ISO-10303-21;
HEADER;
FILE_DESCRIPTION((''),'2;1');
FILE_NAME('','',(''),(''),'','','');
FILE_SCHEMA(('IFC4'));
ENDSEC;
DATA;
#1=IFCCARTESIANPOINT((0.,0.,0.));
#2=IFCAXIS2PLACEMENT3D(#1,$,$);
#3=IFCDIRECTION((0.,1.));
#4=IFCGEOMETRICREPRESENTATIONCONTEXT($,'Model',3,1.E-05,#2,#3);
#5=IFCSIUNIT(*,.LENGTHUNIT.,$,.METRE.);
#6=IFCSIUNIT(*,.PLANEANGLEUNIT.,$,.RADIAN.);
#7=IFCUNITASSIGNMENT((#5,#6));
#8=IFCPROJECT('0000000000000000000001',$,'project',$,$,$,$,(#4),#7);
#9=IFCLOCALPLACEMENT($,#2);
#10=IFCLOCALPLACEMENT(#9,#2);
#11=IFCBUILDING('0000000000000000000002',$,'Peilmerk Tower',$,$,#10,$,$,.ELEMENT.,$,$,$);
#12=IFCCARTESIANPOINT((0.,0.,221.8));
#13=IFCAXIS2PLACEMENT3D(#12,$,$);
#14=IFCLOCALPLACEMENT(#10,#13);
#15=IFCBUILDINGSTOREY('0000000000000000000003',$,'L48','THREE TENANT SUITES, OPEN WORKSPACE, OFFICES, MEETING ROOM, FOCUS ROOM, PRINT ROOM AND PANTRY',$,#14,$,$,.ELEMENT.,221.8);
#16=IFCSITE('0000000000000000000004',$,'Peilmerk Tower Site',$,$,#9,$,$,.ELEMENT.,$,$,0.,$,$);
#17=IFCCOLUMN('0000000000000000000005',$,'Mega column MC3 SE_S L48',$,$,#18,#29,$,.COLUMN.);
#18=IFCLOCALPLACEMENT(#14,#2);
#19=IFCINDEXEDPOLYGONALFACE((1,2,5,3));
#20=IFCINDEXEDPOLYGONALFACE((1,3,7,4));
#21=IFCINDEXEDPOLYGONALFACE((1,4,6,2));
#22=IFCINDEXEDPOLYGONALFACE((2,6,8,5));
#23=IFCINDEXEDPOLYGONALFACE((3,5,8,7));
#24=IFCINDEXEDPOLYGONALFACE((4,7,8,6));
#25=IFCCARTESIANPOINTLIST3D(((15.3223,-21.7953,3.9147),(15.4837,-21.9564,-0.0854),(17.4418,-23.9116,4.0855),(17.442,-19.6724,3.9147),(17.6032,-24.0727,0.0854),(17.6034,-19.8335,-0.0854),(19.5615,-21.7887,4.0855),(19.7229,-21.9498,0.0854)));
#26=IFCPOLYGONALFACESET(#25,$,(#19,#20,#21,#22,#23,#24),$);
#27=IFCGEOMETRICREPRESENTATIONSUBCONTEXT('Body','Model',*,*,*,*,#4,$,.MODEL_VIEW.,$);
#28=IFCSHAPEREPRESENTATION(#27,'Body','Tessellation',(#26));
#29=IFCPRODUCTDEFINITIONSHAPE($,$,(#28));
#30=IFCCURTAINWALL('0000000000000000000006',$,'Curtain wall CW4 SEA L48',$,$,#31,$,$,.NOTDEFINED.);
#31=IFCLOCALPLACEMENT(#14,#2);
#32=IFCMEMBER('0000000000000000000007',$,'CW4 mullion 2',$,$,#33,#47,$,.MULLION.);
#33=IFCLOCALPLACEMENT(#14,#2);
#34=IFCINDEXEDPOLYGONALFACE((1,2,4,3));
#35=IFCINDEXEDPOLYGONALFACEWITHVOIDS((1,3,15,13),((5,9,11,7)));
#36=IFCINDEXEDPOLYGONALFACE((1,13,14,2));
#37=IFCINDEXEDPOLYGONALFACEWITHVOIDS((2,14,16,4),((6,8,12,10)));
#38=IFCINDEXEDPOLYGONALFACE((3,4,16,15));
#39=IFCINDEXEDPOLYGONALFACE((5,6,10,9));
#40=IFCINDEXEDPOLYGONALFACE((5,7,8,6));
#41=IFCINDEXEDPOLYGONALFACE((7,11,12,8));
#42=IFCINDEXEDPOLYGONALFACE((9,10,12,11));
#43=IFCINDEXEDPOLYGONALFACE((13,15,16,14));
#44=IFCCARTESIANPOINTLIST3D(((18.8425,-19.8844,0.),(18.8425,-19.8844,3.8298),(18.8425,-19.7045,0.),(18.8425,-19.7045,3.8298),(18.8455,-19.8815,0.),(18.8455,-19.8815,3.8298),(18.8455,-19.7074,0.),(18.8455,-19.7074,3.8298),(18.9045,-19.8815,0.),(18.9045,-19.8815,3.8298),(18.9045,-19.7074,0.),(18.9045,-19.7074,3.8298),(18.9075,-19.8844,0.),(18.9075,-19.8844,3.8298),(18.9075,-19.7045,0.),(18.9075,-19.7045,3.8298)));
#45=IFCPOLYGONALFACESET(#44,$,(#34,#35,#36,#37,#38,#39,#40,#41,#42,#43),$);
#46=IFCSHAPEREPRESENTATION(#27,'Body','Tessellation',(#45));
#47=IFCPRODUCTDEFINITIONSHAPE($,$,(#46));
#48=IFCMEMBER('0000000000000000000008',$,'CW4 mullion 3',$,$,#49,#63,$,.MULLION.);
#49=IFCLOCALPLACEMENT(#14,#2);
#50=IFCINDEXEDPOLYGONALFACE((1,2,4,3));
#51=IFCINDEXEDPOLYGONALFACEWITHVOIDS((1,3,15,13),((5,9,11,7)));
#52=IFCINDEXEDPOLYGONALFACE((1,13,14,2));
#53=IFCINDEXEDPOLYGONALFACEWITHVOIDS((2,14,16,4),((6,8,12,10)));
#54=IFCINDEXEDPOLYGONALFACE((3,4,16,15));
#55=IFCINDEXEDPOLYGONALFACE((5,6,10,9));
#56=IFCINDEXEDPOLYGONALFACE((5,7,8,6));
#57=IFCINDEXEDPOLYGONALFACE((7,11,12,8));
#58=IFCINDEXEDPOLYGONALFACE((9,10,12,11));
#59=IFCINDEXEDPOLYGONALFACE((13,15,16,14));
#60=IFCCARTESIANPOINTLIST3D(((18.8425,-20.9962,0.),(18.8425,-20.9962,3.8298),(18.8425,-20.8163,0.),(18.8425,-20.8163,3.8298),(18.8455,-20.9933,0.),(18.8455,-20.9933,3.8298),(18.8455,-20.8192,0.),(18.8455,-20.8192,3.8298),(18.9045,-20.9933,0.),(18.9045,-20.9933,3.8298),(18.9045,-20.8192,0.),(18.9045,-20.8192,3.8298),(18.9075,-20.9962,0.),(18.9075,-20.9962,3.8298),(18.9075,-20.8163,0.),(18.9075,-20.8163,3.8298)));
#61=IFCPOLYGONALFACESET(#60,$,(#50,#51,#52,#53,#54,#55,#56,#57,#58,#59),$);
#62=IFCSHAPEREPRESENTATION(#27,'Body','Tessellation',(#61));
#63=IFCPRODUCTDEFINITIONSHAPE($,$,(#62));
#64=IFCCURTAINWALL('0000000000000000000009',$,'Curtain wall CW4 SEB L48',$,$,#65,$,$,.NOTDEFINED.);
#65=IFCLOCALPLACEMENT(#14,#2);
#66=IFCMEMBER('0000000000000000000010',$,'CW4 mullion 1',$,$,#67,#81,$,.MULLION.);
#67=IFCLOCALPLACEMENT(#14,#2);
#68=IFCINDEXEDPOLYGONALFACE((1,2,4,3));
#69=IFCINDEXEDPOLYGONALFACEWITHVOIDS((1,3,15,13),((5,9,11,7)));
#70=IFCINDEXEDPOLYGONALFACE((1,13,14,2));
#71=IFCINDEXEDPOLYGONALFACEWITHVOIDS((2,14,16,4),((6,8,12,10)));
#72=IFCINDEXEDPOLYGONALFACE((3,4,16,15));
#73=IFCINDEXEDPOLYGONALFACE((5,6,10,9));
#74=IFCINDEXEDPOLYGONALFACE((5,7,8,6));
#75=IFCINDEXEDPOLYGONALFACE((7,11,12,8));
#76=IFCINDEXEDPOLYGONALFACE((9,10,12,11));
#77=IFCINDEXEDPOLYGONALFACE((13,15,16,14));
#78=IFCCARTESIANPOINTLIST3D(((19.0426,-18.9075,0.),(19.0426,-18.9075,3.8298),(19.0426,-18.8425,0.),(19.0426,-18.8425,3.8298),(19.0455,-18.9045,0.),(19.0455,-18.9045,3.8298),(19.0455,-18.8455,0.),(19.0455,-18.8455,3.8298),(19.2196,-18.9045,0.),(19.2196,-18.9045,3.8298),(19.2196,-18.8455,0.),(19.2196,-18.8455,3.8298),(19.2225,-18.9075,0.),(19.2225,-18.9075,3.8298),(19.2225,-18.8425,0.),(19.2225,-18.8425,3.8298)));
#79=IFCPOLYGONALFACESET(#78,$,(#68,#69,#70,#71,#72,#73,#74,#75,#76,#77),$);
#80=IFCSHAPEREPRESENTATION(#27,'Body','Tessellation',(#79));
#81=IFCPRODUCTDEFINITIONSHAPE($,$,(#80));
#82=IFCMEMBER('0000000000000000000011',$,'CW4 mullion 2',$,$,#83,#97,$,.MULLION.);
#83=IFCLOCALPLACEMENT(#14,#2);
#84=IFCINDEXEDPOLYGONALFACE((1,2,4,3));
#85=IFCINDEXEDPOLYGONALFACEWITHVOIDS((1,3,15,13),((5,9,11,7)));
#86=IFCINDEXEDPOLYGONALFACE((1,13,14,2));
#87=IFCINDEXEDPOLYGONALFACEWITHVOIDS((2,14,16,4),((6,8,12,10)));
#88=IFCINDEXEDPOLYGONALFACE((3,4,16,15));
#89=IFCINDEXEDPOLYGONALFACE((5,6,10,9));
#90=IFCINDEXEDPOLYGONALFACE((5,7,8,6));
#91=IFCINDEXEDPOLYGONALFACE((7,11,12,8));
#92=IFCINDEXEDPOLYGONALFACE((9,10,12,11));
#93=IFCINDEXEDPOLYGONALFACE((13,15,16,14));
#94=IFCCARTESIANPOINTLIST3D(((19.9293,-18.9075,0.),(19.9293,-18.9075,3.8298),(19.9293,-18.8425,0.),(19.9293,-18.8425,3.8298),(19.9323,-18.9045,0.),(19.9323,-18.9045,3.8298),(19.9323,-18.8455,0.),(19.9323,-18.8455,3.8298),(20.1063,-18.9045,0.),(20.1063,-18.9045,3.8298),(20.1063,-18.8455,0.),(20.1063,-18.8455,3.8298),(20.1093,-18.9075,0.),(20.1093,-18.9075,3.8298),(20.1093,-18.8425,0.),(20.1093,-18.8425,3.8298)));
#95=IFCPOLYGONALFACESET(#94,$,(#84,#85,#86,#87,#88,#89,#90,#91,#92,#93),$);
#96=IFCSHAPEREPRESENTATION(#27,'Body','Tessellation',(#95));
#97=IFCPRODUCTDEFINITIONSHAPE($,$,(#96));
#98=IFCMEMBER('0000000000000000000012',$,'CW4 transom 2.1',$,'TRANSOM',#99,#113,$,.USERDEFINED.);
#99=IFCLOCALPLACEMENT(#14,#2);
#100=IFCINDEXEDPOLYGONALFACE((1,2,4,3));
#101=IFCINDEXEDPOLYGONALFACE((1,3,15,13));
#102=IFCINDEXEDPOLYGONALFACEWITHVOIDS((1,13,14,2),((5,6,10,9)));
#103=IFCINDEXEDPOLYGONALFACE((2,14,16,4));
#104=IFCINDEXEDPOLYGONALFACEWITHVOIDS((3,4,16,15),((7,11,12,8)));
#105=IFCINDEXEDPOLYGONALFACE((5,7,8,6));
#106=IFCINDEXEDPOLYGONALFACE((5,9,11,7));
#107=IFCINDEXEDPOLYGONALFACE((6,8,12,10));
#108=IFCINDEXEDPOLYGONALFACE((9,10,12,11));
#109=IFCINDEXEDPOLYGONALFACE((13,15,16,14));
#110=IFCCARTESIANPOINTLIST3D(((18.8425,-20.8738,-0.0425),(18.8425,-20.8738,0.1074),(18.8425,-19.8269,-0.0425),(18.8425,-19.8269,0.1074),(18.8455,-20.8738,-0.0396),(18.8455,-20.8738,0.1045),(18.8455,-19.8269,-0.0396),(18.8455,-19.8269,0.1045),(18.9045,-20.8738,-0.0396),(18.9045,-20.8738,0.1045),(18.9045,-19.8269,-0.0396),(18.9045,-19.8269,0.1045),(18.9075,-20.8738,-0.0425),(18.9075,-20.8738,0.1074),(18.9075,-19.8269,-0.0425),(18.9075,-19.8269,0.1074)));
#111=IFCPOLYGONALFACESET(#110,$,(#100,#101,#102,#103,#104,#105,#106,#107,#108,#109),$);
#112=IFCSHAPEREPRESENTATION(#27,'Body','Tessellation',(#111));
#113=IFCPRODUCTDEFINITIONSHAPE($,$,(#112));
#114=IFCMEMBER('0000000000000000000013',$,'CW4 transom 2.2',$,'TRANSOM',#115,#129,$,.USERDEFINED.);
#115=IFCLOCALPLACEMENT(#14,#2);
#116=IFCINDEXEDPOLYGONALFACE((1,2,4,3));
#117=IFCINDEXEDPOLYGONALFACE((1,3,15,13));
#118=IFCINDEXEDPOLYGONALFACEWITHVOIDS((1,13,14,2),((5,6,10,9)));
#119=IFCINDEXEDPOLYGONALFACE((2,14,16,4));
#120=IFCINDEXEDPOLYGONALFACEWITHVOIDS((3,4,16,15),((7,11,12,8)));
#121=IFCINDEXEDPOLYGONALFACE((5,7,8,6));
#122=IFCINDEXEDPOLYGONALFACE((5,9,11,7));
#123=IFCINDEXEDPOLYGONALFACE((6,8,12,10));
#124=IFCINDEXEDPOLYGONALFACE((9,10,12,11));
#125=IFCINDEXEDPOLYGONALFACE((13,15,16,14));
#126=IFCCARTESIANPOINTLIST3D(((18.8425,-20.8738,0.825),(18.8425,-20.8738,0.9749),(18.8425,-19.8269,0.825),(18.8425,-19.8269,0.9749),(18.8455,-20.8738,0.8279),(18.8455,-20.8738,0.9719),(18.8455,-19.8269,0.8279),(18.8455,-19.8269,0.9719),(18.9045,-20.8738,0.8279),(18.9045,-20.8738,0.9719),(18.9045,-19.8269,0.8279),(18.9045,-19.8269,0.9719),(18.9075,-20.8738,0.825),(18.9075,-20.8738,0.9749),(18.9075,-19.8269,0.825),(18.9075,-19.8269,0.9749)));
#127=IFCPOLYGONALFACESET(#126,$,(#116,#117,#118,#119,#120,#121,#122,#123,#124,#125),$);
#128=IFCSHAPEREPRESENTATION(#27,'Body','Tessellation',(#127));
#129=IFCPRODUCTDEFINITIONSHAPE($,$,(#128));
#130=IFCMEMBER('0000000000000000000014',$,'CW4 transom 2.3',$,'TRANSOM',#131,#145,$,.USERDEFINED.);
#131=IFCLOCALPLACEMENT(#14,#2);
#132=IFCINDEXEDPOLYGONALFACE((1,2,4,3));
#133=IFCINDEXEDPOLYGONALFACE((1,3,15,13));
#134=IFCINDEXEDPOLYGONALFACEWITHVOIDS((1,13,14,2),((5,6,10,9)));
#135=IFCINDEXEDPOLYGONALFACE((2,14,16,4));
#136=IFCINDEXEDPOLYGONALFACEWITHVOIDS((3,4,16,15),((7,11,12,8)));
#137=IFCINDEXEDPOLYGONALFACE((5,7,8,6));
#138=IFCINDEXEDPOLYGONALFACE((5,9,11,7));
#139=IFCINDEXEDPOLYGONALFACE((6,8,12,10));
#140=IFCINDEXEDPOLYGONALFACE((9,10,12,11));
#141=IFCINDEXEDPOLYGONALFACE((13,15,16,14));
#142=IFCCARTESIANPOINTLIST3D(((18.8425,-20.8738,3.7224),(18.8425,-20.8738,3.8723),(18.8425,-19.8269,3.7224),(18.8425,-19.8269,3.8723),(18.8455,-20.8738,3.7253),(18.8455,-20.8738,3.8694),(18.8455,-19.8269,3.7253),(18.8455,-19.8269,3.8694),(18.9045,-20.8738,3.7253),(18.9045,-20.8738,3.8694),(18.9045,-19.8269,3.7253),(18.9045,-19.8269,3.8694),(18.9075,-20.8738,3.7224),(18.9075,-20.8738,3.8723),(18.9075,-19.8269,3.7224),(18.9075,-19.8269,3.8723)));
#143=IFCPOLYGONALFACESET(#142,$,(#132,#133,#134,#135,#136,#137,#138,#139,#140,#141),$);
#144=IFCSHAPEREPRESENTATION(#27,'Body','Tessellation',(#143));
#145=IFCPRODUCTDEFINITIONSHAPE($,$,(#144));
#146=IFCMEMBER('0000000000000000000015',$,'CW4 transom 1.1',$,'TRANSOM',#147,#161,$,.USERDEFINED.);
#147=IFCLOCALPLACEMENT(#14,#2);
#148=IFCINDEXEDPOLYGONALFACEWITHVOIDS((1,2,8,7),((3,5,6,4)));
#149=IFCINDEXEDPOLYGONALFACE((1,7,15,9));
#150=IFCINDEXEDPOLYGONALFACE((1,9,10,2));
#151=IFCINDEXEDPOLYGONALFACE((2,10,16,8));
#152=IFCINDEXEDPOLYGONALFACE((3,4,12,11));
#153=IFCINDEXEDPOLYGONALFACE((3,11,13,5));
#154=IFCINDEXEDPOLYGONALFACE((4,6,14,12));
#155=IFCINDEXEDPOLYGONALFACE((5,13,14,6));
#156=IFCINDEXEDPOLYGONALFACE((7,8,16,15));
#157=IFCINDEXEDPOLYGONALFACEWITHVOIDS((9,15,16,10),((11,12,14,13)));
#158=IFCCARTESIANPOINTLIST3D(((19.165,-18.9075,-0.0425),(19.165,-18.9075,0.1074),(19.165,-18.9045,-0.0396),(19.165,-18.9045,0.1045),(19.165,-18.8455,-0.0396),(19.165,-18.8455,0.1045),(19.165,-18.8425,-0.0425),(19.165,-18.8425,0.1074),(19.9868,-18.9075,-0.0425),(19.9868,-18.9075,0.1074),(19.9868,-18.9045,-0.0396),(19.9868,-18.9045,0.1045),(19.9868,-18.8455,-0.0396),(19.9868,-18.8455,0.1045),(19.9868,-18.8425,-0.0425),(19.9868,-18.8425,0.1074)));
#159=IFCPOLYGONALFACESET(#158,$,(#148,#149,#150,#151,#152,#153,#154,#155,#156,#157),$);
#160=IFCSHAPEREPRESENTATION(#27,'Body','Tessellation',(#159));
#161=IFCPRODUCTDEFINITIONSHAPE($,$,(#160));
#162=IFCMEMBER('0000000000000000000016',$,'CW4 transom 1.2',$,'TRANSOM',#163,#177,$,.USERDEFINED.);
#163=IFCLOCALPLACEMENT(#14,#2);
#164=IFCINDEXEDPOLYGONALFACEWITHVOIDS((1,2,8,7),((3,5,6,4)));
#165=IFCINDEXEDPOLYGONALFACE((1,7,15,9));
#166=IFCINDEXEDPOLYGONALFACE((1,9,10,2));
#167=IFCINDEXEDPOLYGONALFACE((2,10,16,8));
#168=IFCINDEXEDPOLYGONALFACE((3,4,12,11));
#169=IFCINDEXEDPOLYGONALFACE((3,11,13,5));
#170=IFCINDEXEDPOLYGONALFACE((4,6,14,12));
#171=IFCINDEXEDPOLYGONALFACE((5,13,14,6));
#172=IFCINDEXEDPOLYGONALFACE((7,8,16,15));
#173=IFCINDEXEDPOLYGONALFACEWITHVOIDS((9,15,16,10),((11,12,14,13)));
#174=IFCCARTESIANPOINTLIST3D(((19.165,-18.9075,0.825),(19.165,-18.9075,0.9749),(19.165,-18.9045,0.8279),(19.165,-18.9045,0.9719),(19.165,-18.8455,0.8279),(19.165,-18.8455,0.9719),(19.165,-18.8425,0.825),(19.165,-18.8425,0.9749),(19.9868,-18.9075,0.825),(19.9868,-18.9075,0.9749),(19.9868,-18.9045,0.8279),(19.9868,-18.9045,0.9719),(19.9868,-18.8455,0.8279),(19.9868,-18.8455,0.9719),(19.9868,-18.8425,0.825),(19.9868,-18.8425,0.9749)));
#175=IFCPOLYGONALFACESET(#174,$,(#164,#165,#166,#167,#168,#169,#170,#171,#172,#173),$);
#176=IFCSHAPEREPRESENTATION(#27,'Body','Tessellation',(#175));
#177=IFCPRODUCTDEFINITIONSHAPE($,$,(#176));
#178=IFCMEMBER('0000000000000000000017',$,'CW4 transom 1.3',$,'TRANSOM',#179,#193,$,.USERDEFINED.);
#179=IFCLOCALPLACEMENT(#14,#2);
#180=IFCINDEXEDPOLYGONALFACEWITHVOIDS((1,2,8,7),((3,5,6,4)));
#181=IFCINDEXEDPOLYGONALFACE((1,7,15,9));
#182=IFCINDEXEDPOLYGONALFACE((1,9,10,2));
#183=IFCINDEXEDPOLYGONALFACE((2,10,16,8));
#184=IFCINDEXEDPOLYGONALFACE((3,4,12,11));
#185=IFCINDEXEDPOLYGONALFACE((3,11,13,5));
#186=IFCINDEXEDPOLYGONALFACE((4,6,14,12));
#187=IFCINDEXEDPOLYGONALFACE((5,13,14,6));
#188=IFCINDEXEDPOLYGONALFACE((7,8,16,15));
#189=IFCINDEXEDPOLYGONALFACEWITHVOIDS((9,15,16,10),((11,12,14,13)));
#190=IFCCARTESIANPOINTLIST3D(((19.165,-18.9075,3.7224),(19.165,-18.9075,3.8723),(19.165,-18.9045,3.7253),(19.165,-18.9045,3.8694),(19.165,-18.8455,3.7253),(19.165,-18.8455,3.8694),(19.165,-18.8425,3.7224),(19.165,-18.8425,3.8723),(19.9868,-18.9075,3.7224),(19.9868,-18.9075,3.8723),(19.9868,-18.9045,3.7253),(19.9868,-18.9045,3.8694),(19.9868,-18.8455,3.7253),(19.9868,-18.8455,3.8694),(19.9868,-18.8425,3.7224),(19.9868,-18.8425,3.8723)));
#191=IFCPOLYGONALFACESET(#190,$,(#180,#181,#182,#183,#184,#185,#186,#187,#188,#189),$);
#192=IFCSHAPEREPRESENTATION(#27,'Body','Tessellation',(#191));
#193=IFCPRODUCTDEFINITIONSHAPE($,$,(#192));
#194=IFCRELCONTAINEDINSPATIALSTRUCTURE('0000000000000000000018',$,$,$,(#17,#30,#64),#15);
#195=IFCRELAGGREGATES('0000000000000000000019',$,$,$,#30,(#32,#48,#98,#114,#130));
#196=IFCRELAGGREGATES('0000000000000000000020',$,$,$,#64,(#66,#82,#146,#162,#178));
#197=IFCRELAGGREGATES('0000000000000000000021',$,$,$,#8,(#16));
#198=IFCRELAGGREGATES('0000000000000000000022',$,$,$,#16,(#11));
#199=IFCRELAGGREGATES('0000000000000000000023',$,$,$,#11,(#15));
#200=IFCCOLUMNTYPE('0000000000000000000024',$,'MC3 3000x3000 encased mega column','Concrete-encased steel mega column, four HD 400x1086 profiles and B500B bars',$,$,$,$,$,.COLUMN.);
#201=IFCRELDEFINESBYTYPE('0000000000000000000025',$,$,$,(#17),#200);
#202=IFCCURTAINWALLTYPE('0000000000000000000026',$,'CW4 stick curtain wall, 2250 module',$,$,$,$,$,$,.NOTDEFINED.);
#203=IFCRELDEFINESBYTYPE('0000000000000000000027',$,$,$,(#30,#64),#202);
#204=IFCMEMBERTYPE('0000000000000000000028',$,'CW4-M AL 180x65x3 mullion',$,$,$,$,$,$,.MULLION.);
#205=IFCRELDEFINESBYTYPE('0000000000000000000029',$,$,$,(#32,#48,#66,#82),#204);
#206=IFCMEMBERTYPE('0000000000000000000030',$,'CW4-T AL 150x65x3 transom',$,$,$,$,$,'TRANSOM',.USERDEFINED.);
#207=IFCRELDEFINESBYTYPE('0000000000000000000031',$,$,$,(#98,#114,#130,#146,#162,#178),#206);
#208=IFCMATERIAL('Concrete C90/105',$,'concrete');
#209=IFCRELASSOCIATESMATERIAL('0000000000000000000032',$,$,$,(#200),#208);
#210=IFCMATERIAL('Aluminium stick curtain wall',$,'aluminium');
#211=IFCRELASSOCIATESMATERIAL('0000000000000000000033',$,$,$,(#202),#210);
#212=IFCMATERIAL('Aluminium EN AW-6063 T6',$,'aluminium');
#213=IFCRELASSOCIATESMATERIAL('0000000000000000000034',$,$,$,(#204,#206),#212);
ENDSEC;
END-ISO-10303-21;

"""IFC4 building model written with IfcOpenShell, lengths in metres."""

from ifc_helpers import new_model, si_unit, direction, frame, origin, origin_2d, place, context, subcontext, project, spatial, rectangle, hollow_rectangle, extrude, material, material_profile, profile_set, type_object, element, aggregate, save


model = new_model("IFC4")

# Units and contexts
model_context = context("Model", 3, precision=1e-05, world=origin(), true_north=direction((0.0, 1.0)))
body_context = subcontext(model_context, "Body", "Model", "MODEL_VIEW")
ifc_project = project(units=[si_unit("LENGTHUNIT", "METRE"), si_unit("PLANEANGLEUNIT", "RADIAN")], contexts=[model_context])

# Site, building, storey
site_placement = place(None, origin())
site = spatial("IfcSite", under=ifc_project, at=site_placement, Name="Peilmerk Tower Site", CompositionType="ELEMENT", RefElevation=0.0)
building_placement = place(site_placement, origin())
building = spatial("IfcBuilding", under=site, at=building_placement, Name="Peilmerk Tower", CompositionType="ELEMENT")
storey_placement = place(building_placement, frame((0.0, 0.0, 221.8)))
storey = spatial("IfcBuildingStorey", under=building, at=storey_placement, Name="L48", Description="THREE TENANT SUITES, OPEN WORKSPACE, OFFICES, MEETING ROOM, FOCUS ROOM, PRINT ROOM AND PANTRY", CompositionType="ELEMENT", Elevation=221.8)

# Column
ifc_material_1 = material(Name="Concrete C90/105", Category="concrete")
ifc_material_profile_1 = material_profile(ifc_material_1, rectangle(XDim=3.0, YDim=3.0, at=origin_2d()), Name="RC 3000x3000")
ifc_profile_set_1 = profile_set([ifc_material_profile_1], Name="Concrete C90/105")
column_type = type_object("IfcColumnType", Name="MC3 3000x3000 encased mega column", Description="Concrete-encased steel mega column, four HD 400x1086 profiles and B500B bars", PredefinedType="COLUMN", material=ifc_profile_set_1)
column_placement = place(storey_placement, frame((17.6033, -21.9531, 0.0), z_axis=(-0.040279, 0.040218, 0.998379), x_axis=(-0.706571, -0.707642, 0.0)))
element("IfcColumn", 1, at=column_placement, inside=storey, type_object=column_type, Name="Mega column MC3 SE_S L48", PredefinedType="COLUMN", context=body_context, shape_type="SweptSolid", body=[
    extrude(rectangle(XDim=3.0, YDim=3.0, at=origin_2d()), origin(), (0.0, 0.0, 1.0), 4.0066),
])

# Curtain walls, members
ifc_material_2 = material(Name="Aluminium stick curtain wall", Category="aluminium")
curtain_wall_type = type_object("IfcCurtainWallType", Name="CW4 stick curtain wall, 2250 module", PredefinedType="NOTDEFINED", material=ifc_material_2)
curtain_wall_1_placement = place(storey_placement, origin())
curtain_wall_1 = element("IfcCurtainWall", 2, at=curtain_wall_1_placement, inside=storey, type_object=curtain_wall_type, Name="Curtain wall CW4 SEA L48", PredefinedType="NOTDEFINED")
ifc_material_3 = material(Name="Aluminium EN AW-6063 T6", Category="aluminium")
ifc_material_profile_2 = material_profile(ifc_material_3, hollow_rectangle(XDim=0.0649, YDim=0.1799, WallThickness=0.0029, at=origin_2d()), Name="AL 180x65x3")
ifc_profile_set_2 = profile_set([ifc_material_profile_2], Name="Aluminium EN AW-6063 T6")
member_type_1 = type_object("IfcMemberType", Name="CW4-M AL 180x65x3 mullion", PredefinedType="MULLION", material=ifc_profile_set_2)
member_1_placement = place(storey_placement, frame((18.875, -19.7944, 0.0), z_axis=(0.0, 0.0, 1.0), x_axis=(1.0, 0.0, 0.0)))
member_1 = element("IfcMember", 3, at=member_1_placement, type_object=member_type_1, Name="CW4 mullion 2", PredefinedType="MULLION", context=body_context, shape_type="SweptSolid", body=[
    extrude(hollow_rectangle(XDim=0.0649, YDim=0.1799, WallThickness=0.0029, at=origin_2d()), origin(), (0.0, 0.0, 1.0), 3.8298),
])
member_2_placement = place(storey_placement, frame((18.875, -20.9062, 0.0), z_axis=(0.0, 0.0, 1.0), x_axis=(1.0, 0.0, 0.0)))
member_2 = element("IfcMember", 4, at=member_2_placement, type_object=member_type_1, Name="CW4 mullion 3", PredefinedType="MULLION", context=body_context, shape_type="SweptSolid", body=[
    extrude(hollow_rectangle(XDim=0.0649, YDim=0.1799, WallThickness=0.0029, at=origin_2d()), origin(), (0.0, 0.0, 1.0), 3.8298),
])
curtain_wall_2_placement = place(storey_placement, origin())
curtain_wall_2 = element("IfcCurtainWall", 5, at=curtain_wall_2_placement, inside=storey, type_object=curtain_wall_type, Name="Curtain wall CW4 SEB L48", PredefinedType="NOTDEFINED")
member_3_placement = place(storey_placement, frame((19.1326, -18.875, 0.0), z_axis=(0.0, 0.0, 1.0), x_axis=(0.0, 1.0, 0.0)))
member_3 = element("IfcMember", 6, at=member_3_placement, type_object=member_type_1, Name="CW4 mullion 1", PredefinedType="MULLION", context=body_context, shape_type="SweptSolid", body=[
    extrude(hollow_rectangle(XDim=0.0649, YDim=0.1799, WallThickness=0.0029, at=origin_2d()), origin(), (0.0, 0.0, 1.0), 3.8298),
])
member_4_placement = place(storey_placement, frame((20.0193, -18.875, 0.0), z_axis=(0.0, 0.0, 1.0), x_axis=(0.0, 1.0, 0.0)))
member_4 = element("IfcMember", 7, at=member_4_placement, type_object=member_type_1, Name="CW4 mullion 2", PredefinedType="MULLION", context=body_context, shape_type="SweptSolid", body=[
    extrude(hollow_rectangle(XDim=0.0649, YDim=0.1799, WallThickness=0.0029, at=origin_2d()), origin(), (0.0, 0.0, 1.0), 3.8298),
])

# Members
ifc_material_profile_3 = material_profile(ifc_material_3, hollow_rectangle(XDim=0.0649, YDim=0.1499, WallThickness=0.0029, at=origin_2d()), Name="AL 150x65x3")
ifc_profile_set_3 = profile_set([ifc_material_profile_3], Name="Aluminium EN AW-6063 T6")
member_type_2 = type_object("IfcMemberType", Name="CW4-T AL 150x65x3 transom", ElementType="TRANSOM", PredefinedType="USERDEFINED", material=ifc_profile_set_3)
member_5_placement = place(storey_placement, frame((18.875, -19.8269, 0.0325), z_axis=(0.0, -1.0, 0.0), x_axis=(1.0, 0.0, 0.0)))
member_5 = element("IfcMember", 8, at=member_5_placement, type_object=member_type_2, Name="CW4 transom 2.1", ObjectType="TRANSOM", PredefinedType="USERDEFINED", context=body_context, shape_type="SweptSolid", body=[
    extrude(hollow_rectangle(XDim=0.0649, YDim=0.1499, WallThickness=0.0029, at=origin_2d()), origin(), (0.0, 0.0, 1.0), 1.0469),
])
member_6_placement = place(storey_placement, frame((18.875, -19.8269, 0.8999), z_axis=(0.0, -1.0, 0.0), x_axis=(1.0, 0.0, 0.0)))
member_6 = element("IfcMember", 9, at=member_6_placement, type_object=member_type_2, Name="CW4 transom 2.2", ObjectType="TRANSOM", PredefinedType="USERDEFINED", context=body_context, shape_type="SweptSolid", body=[
    extrude(hollow_rectangle(XDim=0.0649, YDim=0.1499, WallThickness=0.0029, at=origin_2d()), origin(), (0.0, 0.0, 1.0), 1.0469),
])
member_7_placement = place(storey_placement, frame((18.875, -19.8269, 3.7974), z_axis=(0.0, -1.0, 0.0), x_axis=(1.0, 0.0, 0.0)))
member_7 = element("IfcMember", 10, at=member_7_placement, type_object=member_type_2, Name="CW4 transom 2.3", ObjectType="TRANSOM", PredefinedType="USERDEFINED", context=body_context, shape_type="SweptSolid", body=[
    extrude(hollow_rectangle(XDim=0.0649, YDim=0.1499, WallThickness=0.0029, at=origin_2d()), origin(), (0.0, 0.0, 1.0), 1.0469),
])
member_8_placement = place(storey_placement, frame((19.165, -18.875, 0.0325), z_axis=(1.0, 0.0, 0.0), x_axis=(0.0, 1.0, 0.0)))
member_8 = element("IfcMember", 11, at=member_8_placement, type_object=member_type_2, Name="CW4 transom 1.1", ObjectType="TRANSOM", PredefinedType="USERDEFINED", context=body_context, shape_type="SweptSolid", body=[
    extrude(hollow_rectangle(XDim=0.0649, YDim=0.1499, WallThickness=0.0029, at=origin_2d()), origin(), (0.0, 0.0, 1.0), 0.8218),
])
member_9_placement = place(storey_placement, frame((19.165, -18.875, 0.8999), z_axis=(1.0, 0.0, 0.0), x_axis=(0.0, 1.0, 0.0)))
member_9 = element("IfcMember", 12, at=member_9_placement, type_object=member_type_2, Name="CW4 transom 1.2", ObjectType="TRANSOM", PredefinedType="USERDEFINED", context=body_context, shape_type="SweptSolid", body=[
    extrude(hollow_rectangle(XDim=0.0649, YDim=0.1499, WallThickness=0.0029, at=origin_2d()), origin(), (0.0, 0.0, 1.0), 0.8218),
])
member_10_placement = place(storey_placement, frame((19.165, -18.875, 3.7974), z_axis=(1.0, 0.0, 0.0), x_axis=(0.0, 1.0, 0.0)))
member_10 = element("IfcMember", 13, at=member_10_placement, type_object=member_type_2, Name="CW4 transom 1.3", ObjectType="TRANSOM", PredefinedType="USERDEFINED", context=body_context, shape_type="SweptSolid", body=[
    extrude(hollow_rectangle(XDim=0.0649, YDim=0.1499, WallThickness=0.0029, at=origin_2d()), origin(), (0.0, 0.0, 1.0), 0.8218),
])

aggregate(curtain_wall_1, [member_1, member_2, member_5, member_6, member_7])
aggregate(curtain_wall_2, [member_3, member_4, member_8, member_9, member_10])

save(model, "model.ifc")
